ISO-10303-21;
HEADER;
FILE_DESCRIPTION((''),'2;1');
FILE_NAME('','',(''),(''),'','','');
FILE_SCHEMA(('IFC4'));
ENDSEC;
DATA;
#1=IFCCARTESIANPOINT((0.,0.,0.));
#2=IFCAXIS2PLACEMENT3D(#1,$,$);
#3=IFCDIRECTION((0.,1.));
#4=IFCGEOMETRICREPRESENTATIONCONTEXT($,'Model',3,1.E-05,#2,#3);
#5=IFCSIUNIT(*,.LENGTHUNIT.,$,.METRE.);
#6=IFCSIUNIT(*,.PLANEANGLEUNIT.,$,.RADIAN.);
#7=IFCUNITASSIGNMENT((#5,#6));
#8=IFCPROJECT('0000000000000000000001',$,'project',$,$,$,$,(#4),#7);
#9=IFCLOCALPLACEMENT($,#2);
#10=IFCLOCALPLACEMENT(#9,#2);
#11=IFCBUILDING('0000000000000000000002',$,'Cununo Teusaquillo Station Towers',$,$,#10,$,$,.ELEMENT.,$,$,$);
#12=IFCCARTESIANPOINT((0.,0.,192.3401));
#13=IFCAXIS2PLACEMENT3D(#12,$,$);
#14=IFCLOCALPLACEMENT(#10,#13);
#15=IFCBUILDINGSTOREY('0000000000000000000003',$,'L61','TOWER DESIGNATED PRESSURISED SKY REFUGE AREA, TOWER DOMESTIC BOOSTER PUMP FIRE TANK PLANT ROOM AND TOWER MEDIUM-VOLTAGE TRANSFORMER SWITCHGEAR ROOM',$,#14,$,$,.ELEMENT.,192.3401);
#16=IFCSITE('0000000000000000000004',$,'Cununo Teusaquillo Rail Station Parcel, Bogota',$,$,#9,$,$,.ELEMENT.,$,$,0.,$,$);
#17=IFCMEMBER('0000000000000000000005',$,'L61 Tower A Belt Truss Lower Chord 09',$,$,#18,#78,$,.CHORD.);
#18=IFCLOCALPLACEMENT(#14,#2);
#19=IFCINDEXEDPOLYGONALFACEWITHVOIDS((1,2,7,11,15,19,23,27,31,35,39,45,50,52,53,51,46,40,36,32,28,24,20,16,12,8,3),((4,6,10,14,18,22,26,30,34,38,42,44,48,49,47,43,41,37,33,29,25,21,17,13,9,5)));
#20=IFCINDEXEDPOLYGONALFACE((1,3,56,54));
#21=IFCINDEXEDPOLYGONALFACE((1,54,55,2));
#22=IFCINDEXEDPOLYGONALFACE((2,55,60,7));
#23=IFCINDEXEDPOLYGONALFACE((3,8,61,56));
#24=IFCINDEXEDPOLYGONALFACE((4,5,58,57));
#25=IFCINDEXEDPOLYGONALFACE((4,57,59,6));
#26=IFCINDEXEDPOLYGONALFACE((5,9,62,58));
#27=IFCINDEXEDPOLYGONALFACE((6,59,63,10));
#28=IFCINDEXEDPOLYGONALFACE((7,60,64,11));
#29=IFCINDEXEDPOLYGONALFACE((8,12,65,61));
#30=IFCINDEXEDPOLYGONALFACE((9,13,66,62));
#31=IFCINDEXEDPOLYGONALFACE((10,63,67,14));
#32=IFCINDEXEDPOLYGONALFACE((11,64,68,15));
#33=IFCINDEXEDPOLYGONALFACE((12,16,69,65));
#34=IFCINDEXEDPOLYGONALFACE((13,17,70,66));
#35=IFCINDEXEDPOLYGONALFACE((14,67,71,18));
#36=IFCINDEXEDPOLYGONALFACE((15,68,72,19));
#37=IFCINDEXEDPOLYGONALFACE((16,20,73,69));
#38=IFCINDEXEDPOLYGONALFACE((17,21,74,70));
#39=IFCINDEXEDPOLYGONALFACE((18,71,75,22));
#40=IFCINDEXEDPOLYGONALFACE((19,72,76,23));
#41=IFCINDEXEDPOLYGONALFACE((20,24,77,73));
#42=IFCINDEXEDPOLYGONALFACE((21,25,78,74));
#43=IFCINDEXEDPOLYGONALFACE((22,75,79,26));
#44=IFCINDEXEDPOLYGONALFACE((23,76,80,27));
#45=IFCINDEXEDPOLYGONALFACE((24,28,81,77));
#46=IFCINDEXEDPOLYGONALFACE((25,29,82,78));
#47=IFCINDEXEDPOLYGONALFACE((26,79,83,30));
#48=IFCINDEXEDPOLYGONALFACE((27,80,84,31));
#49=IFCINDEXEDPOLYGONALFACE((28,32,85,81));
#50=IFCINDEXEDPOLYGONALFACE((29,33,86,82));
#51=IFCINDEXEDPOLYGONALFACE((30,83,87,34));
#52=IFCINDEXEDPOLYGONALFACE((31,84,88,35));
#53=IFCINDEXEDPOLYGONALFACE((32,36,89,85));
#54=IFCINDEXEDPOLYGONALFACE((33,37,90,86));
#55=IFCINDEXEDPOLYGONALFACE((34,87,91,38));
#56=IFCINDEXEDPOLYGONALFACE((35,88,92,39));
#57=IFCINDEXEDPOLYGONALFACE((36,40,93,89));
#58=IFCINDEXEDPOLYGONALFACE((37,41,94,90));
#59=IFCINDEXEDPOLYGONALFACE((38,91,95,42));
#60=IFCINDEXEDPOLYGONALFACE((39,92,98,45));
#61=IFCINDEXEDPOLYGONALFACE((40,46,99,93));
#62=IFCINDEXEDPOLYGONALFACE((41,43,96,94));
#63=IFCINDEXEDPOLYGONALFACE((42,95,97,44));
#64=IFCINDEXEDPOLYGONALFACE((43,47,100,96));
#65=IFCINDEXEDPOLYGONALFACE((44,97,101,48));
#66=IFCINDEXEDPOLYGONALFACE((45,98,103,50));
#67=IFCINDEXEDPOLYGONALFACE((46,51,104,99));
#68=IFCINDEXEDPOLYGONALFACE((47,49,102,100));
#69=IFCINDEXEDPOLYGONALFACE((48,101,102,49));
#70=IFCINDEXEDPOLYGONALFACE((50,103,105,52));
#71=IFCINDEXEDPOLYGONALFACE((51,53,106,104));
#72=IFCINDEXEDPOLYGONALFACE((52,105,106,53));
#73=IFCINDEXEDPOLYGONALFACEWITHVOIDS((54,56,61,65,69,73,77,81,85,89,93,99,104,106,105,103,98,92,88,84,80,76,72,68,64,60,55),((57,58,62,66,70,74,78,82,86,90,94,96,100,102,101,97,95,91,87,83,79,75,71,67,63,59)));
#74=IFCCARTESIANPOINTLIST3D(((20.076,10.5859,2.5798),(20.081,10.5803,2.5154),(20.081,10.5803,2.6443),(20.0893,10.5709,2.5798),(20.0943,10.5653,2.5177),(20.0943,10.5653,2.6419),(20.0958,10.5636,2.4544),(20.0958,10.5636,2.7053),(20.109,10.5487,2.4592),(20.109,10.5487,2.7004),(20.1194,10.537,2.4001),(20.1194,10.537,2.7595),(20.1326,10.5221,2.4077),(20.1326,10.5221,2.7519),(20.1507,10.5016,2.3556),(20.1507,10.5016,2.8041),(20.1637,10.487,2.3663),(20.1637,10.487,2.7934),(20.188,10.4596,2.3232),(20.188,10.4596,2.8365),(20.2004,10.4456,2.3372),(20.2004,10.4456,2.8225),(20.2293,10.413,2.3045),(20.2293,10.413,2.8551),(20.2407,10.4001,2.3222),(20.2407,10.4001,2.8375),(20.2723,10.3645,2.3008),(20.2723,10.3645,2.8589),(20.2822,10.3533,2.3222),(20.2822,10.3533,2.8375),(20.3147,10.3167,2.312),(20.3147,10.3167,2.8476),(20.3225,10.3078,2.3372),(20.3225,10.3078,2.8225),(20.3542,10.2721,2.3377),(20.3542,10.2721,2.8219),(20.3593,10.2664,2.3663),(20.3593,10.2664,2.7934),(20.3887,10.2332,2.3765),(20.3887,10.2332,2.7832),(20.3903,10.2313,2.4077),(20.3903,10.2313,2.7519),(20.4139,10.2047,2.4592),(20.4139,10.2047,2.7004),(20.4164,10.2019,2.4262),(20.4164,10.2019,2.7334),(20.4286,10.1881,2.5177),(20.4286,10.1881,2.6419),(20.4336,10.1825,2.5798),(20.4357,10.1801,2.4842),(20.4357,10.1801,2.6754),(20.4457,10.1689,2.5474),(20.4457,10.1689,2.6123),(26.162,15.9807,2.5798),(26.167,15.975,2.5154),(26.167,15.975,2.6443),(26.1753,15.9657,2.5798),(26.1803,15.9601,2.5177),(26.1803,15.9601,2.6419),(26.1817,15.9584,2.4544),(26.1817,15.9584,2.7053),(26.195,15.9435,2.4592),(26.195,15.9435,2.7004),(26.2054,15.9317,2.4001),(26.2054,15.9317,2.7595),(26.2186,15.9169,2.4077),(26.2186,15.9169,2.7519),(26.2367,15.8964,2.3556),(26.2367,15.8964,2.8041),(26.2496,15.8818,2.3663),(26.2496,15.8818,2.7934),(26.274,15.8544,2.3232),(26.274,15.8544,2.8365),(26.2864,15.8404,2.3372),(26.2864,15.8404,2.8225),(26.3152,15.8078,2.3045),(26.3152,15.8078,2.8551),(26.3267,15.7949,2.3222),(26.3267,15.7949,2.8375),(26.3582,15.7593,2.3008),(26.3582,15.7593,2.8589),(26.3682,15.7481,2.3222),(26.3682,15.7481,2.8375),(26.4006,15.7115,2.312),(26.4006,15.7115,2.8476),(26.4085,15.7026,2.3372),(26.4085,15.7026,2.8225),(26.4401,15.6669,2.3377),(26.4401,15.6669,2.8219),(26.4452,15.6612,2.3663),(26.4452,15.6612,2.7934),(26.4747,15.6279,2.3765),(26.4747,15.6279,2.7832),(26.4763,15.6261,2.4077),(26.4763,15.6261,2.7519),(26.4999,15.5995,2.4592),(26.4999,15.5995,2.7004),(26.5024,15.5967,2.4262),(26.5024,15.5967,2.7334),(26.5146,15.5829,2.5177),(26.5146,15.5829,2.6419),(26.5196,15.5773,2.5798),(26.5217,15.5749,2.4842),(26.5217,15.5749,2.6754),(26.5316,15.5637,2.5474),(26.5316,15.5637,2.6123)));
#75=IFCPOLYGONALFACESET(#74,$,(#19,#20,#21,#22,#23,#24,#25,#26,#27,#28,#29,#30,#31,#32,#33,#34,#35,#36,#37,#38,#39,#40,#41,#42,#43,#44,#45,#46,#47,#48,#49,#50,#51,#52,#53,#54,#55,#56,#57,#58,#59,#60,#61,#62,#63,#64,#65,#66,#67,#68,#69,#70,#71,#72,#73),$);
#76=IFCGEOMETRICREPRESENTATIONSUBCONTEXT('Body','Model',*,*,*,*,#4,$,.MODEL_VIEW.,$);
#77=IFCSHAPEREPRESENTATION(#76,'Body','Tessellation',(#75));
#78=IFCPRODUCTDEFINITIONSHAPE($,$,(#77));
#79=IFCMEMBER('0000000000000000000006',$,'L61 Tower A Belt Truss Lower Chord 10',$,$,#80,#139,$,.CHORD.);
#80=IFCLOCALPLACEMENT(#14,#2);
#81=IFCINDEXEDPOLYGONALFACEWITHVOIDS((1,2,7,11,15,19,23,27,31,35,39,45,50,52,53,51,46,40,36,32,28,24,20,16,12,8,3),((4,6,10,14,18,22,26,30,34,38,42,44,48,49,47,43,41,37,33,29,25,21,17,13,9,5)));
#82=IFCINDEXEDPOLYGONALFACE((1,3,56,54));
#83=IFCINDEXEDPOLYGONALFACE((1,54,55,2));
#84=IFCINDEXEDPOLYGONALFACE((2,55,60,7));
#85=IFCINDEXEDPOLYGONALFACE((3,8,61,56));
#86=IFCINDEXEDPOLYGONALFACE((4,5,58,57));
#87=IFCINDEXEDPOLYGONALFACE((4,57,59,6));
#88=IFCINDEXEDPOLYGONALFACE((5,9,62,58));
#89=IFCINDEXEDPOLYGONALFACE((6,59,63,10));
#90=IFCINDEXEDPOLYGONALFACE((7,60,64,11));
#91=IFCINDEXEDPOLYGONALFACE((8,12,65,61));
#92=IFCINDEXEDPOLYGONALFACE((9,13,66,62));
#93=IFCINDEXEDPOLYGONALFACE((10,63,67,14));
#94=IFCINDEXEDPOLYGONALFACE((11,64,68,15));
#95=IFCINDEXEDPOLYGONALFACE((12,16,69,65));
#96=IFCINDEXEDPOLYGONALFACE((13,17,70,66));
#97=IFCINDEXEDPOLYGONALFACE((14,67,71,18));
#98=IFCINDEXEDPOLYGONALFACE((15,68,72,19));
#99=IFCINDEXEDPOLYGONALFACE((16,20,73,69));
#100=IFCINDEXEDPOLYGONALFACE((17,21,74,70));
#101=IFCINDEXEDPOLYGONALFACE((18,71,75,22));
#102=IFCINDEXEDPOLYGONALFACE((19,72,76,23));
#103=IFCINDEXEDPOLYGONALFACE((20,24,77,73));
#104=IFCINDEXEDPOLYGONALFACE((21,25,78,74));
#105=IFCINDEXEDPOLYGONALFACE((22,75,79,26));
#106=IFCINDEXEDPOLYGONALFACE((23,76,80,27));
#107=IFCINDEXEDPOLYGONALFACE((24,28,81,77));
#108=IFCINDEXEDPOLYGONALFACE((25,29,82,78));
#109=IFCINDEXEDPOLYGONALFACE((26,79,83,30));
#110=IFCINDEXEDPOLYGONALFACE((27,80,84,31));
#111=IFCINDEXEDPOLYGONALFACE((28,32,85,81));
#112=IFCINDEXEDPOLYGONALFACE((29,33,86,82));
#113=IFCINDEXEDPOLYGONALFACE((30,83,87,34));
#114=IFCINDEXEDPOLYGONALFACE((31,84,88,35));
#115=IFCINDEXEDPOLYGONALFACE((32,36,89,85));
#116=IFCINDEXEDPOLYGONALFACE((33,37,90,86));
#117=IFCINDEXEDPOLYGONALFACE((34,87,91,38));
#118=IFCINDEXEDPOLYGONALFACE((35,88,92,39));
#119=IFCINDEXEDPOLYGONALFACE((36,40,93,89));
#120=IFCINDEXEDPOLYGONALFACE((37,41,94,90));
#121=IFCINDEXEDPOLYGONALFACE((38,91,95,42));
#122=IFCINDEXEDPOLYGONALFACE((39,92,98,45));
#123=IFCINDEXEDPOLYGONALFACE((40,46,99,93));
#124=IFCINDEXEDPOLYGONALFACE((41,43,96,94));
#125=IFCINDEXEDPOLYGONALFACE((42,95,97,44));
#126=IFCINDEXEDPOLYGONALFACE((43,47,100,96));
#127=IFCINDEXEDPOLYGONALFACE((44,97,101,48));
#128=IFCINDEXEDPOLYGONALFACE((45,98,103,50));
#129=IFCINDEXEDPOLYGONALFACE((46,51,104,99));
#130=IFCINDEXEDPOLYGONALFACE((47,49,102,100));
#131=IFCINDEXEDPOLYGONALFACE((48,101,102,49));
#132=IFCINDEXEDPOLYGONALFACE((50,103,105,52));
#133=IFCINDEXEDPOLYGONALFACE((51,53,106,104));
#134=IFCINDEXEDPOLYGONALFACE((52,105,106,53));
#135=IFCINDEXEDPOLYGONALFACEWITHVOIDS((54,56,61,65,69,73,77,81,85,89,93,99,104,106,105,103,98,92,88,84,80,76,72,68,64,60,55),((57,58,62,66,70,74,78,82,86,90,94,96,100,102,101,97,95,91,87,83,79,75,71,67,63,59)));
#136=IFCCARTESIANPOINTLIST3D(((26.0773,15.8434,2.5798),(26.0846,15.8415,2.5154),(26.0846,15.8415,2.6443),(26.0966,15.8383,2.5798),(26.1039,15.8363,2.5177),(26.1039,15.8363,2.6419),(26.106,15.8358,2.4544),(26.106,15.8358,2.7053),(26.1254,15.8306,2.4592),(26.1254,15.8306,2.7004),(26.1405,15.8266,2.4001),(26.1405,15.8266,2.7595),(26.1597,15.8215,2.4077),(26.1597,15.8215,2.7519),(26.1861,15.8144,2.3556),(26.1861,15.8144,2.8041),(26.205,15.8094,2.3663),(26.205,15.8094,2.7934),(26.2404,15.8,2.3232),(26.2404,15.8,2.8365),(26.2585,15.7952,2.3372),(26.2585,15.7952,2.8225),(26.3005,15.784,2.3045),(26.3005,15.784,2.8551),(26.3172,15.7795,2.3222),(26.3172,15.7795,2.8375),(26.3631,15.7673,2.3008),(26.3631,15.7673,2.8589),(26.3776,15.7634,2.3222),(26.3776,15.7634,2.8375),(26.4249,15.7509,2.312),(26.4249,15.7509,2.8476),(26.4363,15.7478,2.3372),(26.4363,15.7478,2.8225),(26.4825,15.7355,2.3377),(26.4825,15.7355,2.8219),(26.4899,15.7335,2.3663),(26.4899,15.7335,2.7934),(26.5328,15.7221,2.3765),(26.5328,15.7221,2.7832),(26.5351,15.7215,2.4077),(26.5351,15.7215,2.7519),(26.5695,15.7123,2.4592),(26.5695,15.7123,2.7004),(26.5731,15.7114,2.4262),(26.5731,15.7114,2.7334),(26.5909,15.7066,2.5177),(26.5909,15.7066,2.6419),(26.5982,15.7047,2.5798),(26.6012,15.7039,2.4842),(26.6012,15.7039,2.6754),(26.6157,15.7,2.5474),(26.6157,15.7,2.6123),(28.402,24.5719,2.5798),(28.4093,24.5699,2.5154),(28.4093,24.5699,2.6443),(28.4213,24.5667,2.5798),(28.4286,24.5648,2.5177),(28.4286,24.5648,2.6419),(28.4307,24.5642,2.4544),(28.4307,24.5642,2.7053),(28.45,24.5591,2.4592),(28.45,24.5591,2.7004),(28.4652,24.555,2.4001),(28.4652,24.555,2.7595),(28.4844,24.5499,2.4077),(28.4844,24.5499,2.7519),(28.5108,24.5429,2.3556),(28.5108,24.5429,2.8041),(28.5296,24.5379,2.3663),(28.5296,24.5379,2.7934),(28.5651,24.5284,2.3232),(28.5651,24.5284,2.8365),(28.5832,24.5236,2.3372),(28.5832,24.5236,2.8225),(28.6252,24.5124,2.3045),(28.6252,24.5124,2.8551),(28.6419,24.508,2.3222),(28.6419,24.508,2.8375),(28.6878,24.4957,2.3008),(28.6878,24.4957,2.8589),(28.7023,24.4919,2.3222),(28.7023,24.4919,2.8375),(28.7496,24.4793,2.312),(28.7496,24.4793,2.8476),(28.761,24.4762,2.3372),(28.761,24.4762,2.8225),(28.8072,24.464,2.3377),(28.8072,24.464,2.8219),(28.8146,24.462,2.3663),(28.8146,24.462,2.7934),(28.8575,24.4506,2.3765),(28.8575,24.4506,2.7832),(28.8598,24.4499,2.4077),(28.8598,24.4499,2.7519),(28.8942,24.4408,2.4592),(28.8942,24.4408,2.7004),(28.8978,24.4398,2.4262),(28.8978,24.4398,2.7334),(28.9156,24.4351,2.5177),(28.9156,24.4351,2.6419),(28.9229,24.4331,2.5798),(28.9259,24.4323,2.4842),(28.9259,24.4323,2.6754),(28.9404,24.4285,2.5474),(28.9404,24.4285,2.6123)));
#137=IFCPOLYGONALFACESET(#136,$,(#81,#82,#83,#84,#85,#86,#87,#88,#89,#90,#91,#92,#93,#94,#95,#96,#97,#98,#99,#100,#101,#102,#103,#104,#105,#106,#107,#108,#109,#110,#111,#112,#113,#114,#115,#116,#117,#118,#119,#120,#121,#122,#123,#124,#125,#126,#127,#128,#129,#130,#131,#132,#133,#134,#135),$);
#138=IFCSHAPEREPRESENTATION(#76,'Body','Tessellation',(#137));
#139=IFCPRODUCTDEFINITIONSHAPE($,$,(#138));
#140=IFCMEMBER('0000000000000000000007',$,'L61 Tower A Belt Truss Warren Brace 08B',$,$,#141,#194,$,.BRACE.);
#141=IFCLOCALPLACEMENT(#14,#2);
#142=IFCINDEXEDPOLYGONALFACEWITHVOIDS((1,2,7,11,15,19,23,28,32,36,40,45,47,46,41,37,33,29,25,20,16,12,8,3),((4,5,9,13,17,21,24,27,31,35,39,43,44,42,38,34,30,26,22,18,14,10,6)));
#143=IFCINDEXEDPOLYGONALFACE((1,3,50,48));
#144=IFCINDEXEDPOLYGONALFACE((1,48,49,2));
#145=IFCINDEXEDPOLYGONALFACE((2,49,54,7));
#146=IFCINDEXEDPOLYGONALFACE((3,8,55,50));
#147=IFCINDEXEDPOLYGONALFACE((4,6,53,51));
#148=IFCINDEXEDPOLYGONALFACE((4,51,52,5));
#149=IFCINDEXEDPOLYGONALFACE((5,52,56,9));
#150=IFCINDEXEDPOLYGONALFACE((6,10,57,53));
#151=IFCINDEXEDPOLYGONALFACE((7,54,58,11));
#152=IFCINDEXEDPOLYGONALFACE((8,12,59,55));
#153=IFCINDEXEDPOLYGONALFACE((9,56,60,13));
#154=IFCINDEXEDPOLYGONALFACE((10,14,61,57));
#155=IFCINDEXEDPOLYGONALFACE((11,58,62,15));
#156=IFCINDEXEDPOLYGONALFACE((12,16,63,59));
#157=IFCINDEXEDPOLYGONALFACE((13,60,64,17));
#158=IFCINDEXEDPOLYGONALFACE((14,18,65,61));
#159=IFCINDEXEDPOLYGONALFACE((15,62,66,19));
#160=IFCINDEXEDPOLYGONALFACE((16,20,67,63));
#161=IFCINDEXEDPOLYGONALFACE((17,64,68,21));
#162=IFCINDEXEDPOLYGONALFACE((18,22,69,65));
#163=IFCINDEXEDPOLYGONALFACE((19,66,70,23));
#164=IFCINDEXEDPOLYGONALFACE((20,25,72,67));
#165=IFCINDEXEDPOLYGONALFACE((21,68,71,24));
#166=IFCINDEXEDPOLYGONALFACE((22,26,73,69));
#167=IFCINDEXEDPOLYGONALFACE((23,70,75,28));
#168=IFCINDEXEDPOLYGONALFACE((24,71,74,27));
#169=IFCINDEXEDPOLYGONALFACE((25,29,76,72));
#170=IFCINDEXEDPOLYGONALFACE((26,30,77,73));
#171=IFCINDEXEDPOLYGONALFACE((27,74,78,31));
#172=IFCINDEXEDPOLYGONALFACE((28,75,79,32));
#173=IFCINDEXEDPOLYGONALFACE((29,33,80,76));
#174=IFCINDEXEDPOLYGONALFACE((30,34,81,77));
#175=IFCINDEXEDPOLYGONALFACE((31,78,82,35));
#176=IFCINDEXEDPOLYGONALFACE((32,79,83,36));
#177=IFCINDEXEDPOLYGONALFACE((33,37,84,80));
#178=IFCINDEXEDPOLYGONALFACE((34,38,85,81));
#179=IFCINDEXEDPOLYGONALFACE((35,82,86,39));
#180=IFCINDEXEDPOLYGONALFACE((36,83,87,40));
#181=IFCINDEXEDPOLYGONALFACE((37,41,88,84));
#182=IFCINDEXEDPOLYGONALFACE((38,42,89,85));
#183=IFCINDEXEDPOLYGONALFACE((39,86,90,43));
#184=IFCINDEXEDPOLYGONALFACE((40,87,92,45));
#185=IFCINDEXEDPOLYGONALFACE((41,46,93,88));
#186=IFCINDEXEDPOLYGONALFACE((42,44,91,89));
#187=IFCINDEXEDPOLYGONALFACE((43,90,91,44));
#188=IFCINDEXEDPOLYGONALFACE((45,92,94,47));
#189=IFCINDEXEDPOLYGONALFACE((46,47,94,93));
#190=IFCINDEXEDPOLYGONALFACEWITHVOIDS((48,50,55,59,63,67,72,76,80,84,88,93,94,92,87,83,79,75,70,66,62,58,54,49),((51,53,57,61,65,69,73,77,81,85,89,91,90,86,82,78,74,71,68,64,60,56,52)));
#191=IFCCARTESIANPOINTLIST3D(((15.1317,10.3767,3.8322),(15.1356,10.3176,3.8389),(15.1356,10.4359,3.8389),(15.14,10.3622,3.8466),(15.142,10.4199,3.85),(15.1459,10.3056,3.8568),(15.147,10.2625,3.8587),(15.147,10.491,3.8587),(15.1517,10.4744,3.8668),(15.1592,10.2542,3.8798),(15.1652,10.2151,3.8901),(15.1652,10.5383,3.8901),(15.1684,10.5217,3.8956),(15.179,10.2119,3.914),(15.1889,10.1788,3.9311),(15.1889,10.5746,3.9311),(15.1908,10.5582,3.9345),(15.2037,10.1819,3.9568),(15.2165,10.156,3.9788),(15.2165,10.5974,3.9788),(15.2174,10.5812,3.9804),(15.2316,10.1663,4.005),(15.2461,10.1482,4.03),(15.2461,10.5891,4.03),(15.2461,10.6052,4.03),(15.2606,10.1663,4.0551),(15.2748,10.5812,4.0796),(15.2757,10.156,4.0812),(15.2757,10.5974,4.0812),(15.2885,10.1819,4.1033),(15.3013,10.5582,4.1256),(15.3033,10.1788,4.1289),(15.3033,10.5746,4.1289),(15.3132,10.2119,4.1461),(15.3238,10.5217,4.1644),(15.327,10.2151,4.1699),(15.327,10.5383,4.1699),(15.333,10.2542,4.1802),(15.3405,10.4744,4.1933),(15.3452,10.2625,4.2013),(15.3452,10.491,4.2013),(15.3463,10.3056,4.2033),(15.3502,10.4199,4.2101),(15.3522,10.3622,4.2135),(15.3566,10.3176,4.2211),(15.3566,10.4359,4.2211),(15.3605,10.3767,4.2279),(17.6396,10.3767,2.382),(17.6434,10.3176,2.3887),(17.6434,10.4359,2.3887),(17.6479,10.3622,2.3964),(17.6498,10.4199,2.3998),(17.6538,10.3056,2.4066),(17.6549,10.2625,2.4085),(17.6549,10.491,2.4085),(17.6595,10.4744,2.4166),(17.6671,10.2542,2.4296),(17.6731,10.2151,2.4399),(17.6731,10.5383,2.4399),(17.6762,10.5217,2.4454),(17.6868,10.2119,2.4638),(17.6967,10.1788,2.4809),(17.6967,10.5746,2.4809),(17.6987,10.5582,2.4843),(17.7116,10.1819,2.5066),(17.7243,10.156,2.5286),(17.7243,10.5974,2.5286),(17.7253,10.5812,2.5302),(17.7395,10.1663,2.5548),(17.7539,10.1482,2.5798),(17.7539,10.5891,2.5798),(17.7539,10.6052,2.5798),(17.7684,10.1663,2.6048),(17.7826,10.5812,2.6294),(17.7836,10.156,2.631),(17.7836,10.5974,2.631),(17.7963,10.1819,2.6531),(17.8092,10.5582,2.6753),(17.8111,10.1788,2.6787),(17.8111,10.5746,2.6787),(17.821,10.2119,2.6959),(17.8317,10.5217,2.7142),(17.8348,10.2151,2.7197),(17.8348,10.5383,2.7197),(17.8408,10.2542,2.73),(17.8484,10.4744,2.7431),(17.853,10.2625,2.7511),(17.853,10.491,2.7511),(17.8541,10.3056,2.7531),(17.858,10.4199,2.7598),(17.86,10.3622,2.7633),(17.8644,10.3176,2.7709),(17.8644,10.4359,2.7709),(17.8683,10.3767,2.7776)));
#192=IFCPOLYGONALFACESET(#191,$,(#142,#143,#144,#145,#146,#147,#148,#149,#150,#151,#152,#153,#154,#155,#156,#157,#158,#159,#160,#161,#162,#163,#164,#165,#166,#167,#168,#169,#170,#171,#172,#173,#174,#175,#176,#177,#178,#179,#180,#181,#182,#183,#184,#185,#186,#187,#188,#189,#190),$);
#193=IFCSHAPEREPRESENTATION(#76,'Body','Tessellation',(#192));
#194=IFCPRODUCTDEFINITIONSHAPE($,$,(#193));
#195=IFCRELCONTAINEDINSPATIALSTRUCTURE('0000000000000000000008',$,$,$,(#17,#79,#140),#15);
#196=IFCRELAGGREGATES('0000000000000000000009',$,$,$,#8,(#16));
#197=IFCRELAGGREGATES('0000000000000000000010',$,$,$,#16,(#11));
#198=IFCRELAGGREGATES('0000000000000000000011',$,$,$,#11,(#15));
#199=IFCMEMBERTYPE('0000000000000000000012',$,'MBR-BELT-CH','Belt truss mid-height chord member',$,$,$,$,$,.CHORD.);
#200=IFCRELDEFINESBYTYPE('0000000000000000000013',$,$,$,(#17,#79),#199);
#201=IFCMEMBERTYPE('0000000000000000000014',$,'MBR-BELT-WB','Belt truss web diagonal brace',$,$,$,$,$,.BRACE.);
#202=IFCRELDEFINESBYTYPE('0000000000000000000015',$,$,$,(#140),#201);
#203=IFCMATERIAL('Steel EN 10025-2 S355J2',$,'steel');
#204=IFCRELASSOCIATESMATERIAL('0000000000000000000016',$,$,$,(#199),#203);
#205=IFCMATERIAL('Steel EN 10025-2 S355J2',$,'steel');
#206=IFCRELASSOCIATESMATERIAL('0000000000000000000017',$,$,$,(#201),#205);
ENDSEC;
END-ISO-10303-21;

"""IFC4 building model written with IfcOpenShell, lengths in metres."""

from ifc_helpers import new_model, si_unit, direction, frame, origin, origin_2d, place, context, subcontext, project, spatial, hollow_circle, extrude, material, material_profile, profile_set, type_object, element, save


model = new_model("IFC4")

# Units and contexts
model_context = context("Model", 3, precision=1e-05, world=origin(), true_north=direction((0.0, 1.0)))
body_context = subcontext(model_context, "Body", "Model", "MODEL_VIEW")
ifc_project = project(units=[si_unit("LENGTHUNIT", "METRE"), si_unit("PLANEANGLEUNIT", "RADIAN")], contexts=[model_context])

# Site, building, storey
site_placement = place(None, origin())
site = spatial("IfcSite", under=ifc_project, at=site_placement, Name="Cununo Teusaquillo Rail Station Parcel, Bogota", CompositionType="ELEMENT", RefElevation=0.0)
building_placement = place(site_placement, origin())
building = spatial("IfcBuilding", under=site, at=building_placement, Name="Cununo Teusaquillo Station Towers", CompositionType="ELEMENT")
storey_placement = place(building_placement, frame((0.0, 0.0, 192.3401)))
storey = spatial("IfcBuildingStorey", under=building, at=storey_placement, Name="L61", Description="TOWER DESIGNATED PRESSURISED SKY REFUGE AREA, TOWER DOMESTIC BOOSTER PUMP FIRE TANK PLANT ROOM AND TOWER MEDIUM-VOLTAGE TRANSFORMER SWITCHGEAR ROOM", CompositionType="ELEMENT", Elevation=192.3401)

# Members
ifc_material_1 = material(Name="Steel EN 10025-2 S355J2", Category="steel")
ifc_material_profile_1 = material_profile(ifc_material_1, hollow_circle(Radius=0.2795, WallThickness=0.02, at=origin_2d()), Name="CHS 559x20")
ifc_profile_set_1 = profile_set([ifc_material_profile_1], Name="Steel EN 10025-2 S355J2")
member_type_1 = type_object("IfcMemberType", Name="MBR-BELT-CH", Description="Belt truss mid-height chord member", PredefinedType="CHORD", material=ifc_profile_set_1)
member_1_placement = place(storey_placement, frame((20.2615, 10.3767, 2.5798), z_axis=(0.748321, 0.663337, 0.0), x_axis=(-0.663337, 0.748321, 0.0)))
element("IfcMember", 1, at=member_1_placement, inside=storey, type_object=member_type_1, Name="L61 Tower A Belt Truss Lower Chord 09", PredefinedType="CHORD", context=body_context, shape_type="SweptSolid", body=[
    extrude(hollow_circle(Radius=0.2795, WallThickness=0.02, at=origin_2d()), origin(), (0.0, 0.0, 1.0), 8.1328),
])
member_2_placement = place(storey_placement, frame((26.3474, 15.7715, 2.5798), z_axis=(0.257363, 0.966315, 0.0), x_axis=(-0.966315, 0.257363, 0.0)))
element("IfcMember", 2, at=member_2_placement, inside=storey, type_object=member_type_1, Name="L61 Tower A Belt Truss Lower Chord 10", PredefinedType="CHORD", context=body_context, shape_type="SweptSolid", body=[
    extrude(hollow_circle(Radius=0.2795, WallThickness=0.02, at=origin_2d()), origin(), (0.0, 0.0, 1.0), 9.0327),
])
ifc_material_2 = material(Name="Steel EN 10025-2 S355J2", Category="steel")
ifc_material_profile_2 = material_profile(ifc_material_2, hollow_circle(Radius=0.2285, WallThickness=0.0161, at=origin_2d()), Name="CHS 457x16")
ifc_profile_set_2 = profile_set([ifc_material_profile_2], Name="Steel EN 10025-2 S355J2")
member_type_2 = type_object("IfcMemberType", Name="MBR-BELT-WB", Description="Belt truss web diagonal brace", PredefinedType="BRACE", material=ifc_profile_set_2)
member_3_placement = place(storey_placement, frame((15.2461, 10.3767, 4.03), z_axis=(0.86568, 0.0, -0.500598), x_axis=(0.0, 1.0, 0.0)))
element("IfcMember", 3, at=member_3_placement, inside=storey, type_object=member_type_2, Name="L61 Tower A Belt Truss Warren Brace 08B", PredefinedType="BRACE", context=body_context, shape_type="SweptSolid", body=[
    extrude(hollow_circle(Radius=0.2285, WallThickness=0.0161, at=origin_2d()), origin(), (0.0, 0.0, 1.0), 2.897),
])

save(model, "model.ifc")
